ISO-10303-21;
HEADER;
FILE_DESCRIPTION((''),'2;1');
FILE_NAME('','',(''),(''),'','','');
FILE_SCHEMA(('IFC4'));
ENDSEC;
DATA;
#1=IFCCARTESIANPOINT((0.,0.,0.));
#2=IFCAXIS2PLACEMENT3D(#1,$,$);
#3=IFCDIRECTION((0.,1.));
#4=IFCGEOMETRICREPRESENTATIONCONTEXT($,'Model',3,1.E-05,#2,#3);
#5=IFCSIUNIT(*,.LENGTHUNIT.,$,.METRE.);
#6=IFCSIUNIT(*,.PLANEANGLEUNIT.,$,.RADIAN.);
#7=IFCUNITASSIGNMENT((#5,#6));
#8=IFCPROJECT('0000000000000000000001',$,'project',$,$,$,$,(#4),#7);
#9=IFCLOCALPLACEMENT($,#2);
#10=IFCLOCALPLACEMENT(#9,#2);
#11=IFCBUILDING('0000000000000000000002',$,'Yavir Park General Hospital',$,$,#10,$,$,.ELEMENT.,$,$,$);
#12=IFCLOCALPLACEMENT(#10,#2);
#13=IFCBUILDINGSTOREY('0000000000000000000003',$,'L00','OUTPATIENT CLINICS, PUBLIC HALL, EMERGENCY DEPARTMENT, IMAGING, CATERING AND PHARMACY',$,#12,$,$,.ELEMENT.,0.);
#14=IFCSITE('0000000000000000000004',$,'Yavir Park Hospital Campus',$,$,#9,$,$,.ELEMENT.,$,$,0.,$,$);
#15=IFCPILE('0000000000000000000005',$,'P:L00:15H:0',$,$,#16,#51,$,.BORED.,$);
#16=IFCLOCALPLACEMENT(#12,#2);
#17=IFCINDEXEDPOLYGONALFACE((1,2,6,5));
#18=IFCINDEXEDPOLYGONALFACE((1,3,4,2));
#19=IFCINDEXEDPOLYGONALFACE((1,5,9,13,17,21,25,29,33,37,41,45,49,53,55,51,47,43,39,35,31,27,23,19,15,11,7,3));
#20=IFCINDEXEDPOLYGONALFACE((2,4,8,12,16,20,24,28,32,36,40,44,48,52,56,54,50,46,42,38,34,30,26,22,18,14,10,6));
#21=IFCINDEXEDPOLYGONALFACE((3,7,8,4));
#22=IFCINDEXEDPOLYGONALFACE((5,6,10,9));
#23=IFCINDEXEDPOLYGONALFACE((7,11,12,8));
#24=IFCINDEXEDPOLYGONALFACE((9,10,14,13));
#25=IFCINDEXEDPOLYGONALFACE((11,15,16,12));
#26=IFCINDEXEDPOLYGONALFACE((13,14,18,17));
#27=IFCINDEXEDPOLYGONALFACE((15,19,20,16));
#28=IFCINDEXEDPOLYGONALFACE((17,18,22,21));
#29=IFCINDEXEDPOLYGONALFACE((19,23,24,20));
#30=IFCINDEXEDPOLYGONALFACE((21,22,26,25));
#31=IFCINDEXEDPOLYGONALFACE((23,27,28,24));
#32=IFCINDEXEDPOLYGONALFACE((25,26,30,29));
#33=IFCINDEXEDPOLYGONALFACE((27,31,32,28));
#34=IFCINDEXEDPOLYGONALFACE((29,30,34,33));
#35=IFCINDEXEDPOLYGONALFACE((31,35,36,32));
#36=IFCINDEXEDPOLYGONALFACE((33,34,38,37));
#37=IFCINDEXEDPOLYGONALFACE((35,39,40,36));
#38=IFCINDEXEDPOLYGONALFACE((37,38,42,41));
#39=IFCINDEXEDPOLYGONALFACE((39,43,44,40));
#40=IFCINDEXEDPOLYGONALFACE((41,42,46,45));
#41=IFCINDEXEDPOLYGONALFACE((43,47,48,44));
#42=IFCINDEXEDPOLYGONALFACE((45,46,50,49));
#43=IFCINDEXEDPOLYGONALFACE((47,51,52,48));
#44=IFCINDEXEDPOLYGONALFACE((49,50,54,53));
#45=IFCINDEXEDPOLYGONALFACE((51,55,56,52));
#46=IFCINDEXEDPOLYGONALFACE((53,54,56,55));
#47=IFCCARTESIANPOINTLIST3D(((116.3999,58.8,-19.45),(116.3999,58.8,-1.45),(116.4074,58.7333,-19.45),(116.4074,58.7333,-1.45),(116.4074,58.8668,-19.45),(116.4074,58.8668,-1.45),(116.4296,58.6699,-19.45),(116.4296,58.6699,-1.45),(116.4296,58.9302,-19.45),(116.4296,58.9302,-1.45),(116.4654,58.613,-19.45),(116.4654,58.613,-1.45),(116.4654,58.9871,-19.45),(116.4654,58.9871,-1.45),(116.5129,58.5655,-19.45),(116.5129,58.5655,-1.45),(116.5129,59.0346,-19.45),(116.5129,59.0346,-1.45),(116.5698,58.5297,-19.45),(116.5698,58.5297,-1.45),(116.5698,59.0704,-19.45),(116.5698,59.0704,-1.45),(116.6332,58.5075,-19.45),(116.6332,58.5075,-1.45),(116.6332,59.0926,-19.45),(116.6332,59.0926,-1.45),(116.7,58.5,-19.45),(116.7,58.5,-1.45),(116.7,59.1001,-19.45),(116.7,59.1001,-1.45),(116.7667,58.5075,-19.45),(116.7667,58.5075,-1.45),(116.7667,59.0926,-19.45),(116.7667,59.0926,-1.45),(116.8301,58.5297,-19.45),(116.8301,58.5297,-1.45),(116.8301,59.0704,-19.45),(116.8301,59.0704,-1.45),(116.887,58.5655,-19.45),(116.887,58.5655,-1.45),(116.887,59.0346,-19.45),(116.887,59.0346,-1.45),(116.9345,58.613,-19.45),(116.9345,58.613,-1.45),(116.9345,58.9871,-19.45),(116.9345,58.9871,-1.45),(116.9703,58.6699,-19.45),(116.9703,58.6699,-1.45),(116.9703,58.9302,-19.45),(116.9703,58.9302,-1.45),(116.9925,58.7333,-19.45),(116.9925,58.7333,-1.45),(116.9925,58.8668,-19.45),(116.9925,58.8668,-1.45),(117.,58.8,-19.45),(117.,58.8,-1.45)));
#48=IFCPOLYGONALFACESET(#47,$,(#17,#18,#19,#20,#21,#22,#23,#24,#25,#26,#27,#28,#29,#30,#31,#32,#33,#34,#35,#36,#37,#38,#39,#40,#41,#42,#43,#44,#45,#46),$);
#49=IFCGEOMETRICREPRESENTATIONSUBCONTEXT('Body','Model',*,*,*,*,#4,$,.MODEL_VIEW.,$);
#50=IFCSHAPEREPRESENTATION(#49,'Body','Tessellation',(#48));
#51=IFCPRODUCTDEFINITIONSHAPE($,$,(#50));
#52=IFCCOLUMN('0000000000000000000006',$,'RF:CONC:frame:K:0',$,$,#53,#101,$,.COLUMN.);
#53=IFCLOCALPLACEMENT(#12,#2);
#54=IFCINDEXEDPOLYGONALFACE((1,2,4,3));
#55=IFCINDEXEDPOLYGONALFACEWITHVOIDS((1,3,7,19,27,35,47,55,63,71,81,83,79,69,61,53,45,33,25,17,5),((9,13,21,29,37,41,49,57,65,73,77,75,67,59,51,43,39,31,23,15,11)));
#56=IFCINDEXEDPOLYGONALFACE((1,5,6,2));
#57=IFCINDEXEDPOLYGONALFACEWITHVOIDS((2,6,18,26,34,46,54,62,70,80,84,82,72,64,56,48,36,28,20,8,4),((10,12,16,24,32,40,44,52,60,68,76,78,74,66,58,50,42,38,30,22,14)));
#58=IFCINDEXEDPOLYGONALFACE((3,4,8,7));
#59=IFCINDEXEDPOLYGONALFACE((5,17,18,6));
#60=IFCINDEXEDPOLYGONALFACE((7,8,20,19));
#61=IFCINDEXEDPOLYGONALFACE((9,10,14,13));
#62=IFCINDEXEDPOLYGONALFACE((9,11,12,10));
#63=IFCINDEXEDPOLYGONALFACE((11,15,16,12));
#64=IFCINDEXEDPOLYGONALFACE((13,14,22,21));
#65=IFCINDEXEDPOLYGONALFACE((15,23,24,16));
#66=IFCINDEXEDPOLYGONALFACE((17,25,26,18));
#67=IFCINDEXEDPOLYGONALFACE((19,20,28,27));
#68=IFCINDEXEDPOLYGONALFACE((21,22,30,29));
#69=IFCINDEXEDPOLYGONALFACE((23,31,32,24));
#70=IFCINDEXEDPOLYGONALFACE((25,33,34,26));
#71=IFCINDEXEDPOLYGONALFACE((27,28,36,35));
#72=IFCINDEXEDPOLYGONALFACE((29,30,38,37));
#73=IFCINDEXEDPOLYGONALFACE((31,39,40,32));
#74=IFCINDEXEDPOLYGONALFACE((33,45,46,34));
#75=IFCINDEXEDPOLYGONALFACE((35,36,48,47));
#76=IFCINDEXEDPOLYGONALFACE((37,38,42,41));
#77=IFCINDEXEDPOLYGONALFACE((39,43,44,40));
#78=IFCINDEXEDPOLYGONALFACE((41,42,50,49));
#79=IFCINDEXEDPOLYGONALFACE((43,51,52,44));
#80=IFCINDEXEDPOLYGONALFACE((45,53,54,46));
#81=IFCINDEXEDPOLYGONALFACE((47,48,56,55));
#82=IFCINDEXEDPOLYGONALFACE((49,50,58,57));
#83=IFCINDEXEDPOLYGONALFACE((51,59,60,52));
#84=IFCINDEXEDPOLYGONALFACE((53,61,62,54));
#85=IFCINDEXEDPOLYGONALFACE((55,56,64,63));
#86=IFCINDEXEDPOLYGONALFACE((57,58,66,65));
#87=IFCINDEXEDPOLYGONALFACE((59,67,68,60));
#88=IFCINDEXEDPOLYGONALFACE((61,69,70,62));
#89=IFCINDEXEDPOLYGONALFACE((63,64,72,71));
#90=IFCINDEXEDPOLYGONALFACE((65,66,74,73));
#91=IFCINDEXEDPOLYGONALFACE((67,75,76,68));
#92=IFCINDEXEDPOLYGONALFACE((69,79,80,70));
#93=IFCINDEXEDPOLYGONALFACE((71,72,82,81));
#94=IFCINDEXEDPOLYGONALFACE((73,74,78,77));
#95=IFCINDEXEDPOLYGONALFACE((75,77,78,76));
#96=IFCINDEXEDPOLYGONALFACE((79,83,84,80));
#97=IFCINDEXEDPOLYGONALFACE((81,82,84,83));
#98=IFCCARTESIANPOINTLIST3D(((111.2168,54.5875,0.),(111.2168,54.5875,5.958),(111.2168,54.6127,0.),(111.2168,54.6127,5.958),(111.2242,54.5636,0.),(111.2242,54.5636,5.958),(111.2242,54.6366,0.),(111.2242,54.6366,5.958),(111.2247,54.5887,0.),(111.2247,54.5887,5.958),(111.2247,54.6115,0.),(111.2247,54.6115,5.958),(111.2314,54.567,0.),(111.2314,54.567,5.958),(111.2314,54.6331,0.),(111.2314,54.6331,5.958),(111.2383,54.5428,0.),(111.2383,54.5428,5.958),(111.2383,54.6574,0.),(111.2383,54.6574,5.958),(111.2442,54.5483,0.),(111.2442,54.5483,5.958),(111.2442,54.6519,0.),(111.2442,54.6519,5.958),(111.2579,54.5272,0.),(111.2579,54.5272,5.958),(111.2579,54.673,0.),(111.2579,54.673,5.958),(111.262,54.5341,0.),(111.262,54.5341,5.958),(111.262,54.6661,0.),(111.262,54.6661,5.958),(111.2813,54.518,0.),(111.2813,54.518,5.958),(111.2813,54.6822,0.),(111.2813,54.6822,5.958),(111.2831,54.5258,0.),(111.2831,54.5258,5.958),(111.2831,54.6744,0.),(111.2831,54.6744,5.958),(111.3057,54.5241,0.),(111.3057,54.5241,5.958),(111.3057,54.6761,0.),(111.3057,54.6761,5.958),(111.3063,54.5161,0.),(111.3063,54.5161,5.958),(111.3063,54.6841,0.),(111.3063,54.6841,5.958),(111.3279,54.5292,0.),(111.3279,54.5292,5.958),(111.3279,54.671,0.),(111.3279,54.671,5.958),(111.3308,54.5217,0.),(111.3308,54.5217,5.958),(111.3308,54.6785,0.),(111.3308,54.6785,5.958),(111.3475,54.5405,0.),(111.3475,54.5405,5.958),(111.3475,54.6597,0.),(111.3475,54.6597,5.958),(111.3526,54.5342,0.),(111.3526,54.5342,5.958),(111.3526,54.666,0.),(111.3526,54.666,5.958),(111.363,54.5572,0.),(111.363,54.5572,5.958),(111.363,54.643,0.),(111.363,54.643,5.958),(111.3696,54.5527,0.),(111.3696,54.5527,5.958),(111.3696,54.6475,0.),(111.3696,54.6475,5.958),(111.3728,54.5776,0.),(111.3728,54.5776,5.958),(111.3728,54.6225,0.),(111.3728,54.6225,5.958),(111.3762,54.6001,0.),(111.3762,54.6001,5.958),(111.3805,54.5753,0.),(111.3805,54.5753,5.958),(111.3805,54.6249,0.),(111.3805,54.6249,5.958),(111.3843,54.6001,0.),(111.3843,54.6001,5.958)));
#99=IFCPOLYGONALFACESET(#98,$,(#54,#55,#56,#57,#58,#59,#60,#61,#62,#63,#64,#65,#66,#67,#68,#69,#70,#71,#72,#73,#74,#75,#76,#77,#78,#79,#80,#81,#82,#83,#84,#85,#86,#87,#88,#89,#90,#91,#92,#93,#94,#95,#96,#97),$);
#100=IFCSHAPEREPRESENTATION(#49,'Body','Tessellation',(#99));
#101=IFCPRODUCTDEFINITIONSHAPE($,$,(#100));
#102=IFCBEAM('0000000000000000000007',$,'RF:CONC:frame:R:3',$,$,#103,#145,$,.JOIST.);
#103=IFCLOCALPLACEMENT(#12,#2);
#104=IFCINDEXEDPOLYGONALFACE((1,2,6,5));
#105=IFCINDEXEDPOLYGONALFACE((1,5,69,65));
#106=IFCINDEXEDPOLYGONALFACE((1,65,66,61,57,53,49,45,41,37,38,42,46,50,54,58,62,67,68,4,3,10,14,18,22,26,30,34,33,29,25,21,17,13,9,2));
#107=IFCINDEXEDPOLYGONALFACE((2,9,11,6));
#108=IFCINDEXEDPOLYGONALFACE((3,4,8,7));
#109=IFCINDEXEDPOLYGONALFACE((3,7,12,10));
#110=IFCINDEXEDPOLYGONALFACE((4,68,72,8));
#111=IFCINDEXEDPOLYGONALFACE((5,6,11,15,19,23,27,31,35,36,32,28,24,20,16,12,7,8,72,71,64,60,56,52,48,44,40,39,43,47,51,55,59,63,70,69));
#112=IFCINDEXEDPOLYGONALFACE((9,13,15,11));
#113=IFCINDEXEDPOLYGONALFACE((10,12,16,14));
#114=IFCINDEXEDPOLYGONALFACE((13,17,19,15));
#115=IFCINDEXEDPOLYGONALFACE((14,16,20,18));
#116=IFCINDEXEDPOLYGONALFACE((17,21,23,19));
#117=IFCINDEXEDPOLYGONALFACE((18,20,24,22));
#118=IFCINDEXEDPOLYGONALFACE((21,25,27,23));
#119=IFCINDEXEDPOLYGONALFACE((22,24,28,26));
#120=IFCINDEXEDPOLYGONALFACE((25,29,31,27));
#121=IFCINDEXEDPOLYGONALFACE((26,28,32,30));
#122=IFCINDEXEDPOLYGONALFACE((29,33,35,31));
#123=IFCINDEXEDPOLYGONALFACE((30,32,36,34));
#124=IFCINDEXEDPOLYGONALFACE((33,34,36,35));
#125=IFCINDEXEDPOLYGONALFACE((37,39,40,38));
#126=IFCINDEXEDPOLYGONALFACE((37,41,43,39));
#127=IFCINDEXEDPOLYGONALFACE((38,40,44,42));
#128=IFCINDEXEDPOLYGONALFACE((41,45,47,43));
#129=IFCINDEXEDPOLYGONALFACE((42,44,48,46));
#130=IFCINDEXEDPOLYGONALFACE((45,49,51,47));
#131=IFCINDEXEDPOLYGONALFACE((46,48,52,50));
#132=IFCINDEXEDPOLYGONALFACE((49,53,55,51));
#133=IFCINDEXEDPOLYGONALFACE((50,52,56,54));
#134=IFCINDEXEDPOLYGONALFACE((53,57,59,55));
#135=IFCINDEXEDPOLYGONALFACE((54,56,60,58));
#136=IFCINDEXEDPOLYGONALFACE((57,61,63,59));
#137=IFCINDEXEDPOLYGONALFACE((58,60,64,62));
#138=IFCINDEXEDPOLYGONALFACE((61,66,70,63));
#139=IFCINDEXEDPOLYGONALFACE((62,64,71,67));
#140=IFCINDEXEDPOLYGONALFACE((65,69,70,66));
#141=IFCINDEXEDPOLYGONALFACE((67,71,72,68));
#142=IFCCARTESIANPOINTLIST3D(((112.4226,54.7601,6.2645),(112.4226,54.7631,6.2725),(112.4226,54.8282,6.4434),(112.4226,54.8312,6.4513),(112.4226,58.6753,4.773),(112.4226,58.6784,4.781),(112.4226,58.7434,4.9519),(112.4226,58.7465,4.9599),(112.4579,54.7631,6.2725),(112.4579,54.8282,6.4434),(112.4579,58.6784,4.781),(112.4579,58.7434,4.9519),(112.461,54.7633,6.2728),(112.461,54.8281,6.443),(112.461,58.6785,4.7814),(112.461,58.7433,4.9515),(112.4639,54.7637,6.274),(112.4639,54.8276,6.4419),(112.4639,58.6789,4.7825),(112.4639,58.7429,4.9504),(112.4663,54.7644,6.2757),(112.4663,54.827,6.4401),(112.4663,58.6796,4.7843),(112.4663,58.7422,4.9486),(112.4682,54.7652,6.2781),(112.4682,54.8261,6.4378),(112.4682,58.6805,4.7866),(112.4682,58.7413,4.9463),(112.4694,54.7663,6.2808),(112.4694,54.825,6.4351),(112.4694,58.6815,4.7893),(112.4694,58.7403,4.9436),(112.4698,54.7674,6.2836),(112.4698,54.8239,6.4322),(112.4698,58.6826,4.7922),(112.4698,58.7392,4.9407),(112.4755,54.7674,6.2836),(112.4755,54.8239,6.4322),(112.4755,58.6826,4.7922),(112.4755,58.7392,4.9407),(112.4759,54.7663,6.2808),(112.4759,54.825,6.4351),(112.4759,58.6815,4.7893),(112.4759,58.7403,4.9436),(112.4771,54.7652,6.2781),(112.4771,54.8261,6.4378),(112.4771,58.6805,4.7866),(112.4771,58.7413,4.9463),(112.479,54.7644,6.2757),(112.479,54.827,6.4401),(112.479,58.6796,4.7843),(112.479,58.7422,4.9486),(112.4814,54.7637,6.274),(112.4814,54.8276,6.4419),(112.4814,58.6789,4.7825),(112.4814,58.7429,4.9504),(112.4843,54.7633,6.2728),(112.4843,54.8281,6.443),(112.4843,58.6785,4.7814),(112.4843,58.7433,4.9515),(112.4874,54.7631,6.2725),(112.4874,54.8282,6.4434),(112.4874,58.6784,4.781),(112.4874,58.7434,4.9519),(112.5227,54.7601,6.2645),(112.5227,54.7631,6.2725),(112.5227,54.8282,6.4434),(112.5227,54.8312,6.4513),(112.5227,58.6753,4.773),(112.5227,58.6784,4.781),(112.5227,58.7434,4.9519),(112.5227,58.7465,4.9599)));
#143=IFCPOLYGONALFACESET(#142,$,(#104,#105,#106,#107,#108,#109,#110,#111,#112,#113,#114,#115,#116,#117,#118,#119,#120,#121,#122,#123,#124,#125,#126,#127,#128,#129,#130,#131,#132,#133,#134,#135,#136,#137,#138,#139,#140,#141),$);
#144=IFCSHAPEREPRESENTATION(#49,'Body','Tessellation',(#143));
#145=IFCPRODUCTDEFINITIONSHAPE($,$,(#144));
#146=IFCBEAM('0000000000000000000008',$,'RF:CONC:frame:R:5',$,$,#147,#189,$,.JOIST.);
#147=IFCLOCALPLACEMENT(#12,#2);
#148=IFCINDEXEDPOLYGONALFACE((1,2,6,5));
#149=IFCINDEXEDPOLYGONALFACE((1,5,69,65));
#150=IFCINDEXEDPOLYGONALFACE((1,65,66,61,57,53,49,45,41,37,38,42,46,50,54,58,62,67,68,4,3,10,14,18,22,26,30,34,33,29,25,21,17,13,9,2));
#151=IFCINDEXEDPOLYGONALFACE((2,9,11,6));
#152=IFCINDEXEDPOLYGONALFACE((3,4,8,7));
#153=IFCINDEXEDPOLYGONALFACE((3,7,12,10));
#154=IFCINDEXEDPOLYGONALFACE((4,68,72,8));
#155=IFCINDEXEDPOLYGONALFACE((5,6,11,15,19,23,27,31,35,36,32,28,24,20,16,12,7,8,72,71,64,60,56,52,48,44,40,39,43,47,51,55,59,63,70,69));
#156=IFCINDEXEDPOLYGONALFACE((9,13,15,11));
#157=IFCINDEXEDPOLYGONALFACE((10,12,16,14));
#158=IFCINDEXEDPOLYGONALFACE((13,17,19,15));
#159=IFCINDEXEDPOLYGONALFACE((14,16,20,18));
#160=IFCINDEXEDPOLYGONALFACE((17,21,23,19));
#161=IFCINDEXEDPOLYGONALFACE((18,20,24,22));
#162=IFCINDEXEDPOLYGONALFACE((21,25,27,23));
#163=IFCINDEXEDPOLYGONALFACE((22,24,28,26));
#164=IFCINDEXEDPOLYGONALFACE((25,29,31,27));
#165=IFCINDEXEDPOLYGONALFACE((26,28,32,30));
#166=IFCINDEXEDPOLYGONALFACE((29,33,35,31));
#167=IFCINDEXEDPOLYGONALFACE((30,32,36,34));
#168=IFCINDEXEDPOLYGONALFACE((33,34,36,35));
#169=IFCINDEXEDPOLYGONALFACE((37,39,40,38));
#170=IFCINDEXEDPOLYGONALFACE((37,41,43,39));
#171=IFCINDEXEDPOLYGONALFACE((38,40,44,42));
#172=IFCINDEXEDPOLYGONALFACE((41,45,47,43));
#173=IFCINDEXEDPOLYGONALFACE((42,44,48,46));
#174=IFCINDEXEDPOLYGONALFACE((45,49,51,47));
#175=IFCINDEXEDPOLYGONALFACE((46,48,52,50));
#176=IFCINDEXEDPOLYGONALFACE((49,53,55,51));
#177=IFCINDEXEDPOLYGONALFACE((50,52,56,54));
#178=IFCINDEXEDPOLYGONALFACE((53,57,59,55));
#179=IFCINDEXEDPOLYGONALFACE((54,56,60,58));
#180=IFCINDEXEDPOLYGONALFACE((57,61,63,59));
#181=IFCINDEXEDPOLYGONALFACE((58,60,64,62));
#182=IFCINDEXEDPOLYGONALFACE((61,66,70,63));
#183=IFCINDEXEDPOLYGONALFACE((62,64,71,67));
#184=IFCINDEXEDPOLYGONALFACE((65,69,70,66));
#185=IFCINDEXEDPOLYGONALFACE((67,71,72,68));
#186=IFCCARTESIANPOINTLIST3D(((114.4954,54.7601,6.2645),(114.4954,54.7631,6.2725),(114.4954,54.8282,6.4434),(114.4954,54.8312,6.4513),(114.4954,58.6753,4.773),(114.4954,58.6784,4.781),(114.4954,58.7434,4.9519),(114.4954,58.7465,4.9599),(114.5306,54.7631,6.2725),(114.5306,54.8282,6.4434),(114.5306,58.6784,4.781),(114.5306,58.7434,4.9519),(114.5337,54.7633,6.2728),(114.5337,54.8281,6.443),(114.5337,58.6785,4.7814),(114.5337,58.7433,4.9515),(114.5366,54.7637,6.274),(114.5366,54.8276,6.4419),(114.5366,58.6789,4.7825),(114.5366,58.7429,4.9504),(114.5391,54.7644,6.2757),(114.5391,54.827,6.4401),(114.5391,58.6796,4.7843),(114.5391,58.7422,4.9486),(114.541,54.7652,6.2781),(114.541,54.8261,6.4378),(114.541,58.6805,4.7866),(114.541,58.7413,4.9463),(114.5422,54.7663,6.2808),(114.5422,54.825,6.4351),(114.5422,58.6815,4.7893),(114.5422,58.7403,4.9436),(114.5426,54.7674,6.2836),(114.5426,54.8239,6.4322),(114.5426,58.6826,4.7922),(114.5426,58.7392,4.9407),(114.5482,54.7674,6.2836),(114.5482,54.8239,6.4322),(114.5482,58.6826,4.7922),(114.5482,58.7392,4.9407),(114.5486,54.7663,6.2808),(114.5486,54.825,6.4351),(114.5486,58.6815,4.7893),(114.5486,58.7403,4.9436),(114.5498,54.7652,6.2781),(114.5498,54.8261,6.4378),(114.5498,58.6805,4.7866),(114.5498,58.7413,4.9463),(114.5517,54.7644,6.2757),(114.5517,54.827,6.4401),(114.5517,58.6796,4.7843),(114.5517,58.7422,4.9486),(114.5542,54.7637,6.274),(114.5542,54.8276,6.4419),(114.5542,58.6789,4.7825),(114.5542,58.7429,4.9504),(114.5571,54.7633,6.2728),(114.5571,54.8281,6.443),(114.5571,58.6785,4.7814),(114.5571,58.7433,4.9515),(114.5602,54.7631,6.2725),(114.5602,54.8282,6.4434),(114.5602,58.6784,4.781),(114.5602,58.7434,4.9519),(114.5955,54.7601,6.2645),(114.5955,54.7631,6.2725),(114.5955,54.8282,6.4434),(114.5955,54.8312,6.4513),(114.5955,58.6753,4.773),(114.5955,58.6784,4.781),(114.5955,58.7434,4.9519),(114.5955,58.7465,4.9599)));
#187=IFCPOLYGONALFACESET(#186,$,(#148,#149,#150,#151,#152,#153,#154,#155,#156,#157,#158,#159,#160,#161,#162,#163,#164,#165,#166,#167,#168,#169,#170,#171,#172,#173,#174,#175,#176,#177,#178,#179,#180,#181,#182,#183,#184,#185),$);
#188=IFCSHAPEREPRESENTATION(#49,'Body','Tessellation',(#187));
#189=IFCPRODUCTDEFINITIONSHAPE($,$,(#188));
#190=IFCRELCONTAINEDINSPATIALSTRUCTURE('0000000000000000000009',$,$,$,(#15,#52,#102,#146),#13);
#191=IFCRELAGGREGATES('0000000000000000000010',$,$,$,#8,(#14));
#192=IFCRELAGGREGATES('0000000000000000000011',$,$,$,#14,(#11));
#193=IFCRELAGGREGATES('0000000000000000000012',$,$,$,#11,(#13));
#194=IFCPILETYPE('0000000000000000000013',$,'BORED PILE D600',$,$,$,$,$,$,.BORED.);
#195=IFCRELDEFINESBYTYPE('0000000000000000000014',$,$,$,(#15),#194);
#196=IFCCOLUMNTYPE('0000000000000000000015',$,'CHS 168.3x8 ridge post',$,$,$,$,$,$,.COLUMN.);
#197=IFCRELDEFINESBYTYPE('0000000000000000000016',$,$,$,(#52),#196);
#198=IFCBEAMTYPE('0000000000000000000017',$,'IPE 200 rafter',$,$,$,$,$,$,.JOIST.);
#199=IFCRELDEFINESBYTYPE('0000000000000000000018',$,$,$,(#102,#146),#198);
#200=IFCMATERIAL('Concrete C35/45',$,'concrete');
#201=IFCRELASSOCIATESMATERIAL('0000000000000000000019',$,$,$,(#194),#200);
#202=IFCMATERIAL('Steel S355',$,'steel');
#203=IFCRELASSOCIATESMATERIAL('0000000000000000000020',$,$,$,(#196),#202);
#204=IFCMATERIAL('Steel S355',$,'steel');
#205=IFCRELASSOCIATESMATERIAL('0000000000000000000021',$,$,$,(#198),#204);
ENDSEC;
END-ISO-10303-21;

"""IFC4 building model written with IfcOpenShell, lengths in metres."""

from ifc_helpers import new_model, si_unit, direction, frame, origin, origin_2d, place, context, subcontext, project, spatial, circle, hollow_circle, i_section, extrude, material, material_profile, profile_set, type_object, element, save


model = new_model("IFC4")

# Units and contexts
model_context = context("Model", 3, precision=1e-05, world=origin(), true_north=direction((0.0, 1.0)))
body_context = subcontext(model_context, "Body", "Model", "MODEL_VIEW")
ifc_project = project(units=[si_unit("LENGTHUNIT", "METRE"), si_unit("PLANEANGLEUNIT", "RADIAN")], contexts=[model_context])

# Site, building, storey
site_placement = place(None, origin())
site = spatial("IfcSite", under=ifc_project, at=site_placement, Name="Yavir Park Hospital Campus", CompositionType="ELEMENT", RefElevation=0.0)
building_placement = place(site_placement, origin())
building = spatial("IfcBuilding", under=site, at=building_placement, Name="Yavir Park General Hospital", CompositionType="ELEMENT")
storey_placement = place(building_placement, origin())
storey = spatial("IfcBuildingStorey", under=building, at=storey_placement, Name="L00", Description="OUTPATIENT CLINICS, PUBLIC HALL, EMERGENCY DEPARTMENT, IMAGING, CATERING AND PHARMACY", CompositionType="ELEMENT", Elevation=0.0)

# Pile
ifc_material_1 = material(Name="Concrete C35/45", Category="concrete")
ifc_material_profile_1 = material_profile(ifc_material_1, circle(Radius=0.3, at=origin_2d()), Name="D600")
ifc_profile_set_1 = profile_set([ifc_material_profile_1], Name="Concrete C35/45")
pile_type = type_object("IfcPileType", Name="BORED PILE D600", PredefinedType="BORED", material=ifc_profile_set_1)
pile_placement = place(storey_placement, frame((116.7, 58.8, -1.45), z_axis=(0.0, 0.0, -1.0), x_axis=(1.0, 0.0, 0.0)))
element("IfcPile", 1, at=pile_placement, inside=storey, type_object=pile_type, Name="P:L00:15H:0", PredefinedType="BORED", context=body_context, shape_type="SweptSolid", body=[
    extrude(circle(Radius=0.3, at=origin_2d()), origin(), (0.0, 0.0, 1.0), 18.0),
])

# Column
ifc_material_2 = material(Name="Steel S355", Category="steel")
ifc_material_profile_2 = material_profile(ifc_material_2, hollow_circle(Radius=0.0842, WallThickness=0.0081, at=origin_2d()), Name="CHS168.3x8")
ifc_profile_set_2 = profile_set([ifc_material_profile_2], Name="Steel S355")
column_type = type_object("IfcColumnType", Name="CHS 168.3x8 ridge post", PredefinedType="COLUMN", material=ifc_profile_set_2)
column_placement = place(storey_placement, frame((111.3, 54.6001, 0.0), z_axis=(0.0, 0.0, 1.0), x_axis=(1.0, 0.0, 0.0)))
element("IfcColumn", 2, at=column_placement, inside=storey, type_object=column_type, Name="RF:CONC:frame:K:0", PredefinedType="COLUMN", context=body_context, shape_type="SweptSolid", body=[
    extrude(hollow_circle(Radius=0.0842, WallThickness=0.0081, at=origin_2d()), origin(), (0.0, 0.0, 1.0), 5.958),
])

# Beams
ifc_material_3 = material(Name="Steel S355", Category="steel")
ifc_material_profile_3 = material_profile(ifc_material_3, i_section(OverallWidth=0.1001, OverallDepth=0.2, WebThickness=0.0056, FlangeThickness=0.0085, FilletRadius=0.012, at=origin_2d()), Name="IPE200")
ifc_profile_set_3 = profile_set([ifc_material_profile_3], Name="Steel S355")
beam_type_1 = type_object("IfcBeamType", Name="IPE 200 rafter", PredefinedType="JOIST", material=ifc_profile_set_3)
for number, where, z_axis, x_axis, name in (
    (3, (112.4727, 54.7957, 6.3579), (0.0, 0.934494, -0.355978), (-1.0, 0.0, 0.0), "RF:CONC:frame:R:3"),
    (4, (114.5454, 54.7957, 6.3579), (0.0, 0.934494, -0.355978), (-1.0, 0.0, 0.0), "RF:CONC:frame:R:5"),
):
    element("IfcBeam", number, at=place(storey_placement, frame(where, z_axis=z_axis, x_axis=x_axis)), inside=storey, type_object=beam_type_1, Name=name, PredefinedType="JOIST", context=body_context, shape_type="SweptSolid", body=[
        extrude(i_section(OverallWidth=0.1001, OverallDepth=0.2, WebThickness=0.0056, FlangeThickness=0.0085, FilletRadius=0.012, at=origin_2d()), origin(), (0.0, 0.0, 1.0), 4.1897),
    ])

save(model, "model.ifc")
